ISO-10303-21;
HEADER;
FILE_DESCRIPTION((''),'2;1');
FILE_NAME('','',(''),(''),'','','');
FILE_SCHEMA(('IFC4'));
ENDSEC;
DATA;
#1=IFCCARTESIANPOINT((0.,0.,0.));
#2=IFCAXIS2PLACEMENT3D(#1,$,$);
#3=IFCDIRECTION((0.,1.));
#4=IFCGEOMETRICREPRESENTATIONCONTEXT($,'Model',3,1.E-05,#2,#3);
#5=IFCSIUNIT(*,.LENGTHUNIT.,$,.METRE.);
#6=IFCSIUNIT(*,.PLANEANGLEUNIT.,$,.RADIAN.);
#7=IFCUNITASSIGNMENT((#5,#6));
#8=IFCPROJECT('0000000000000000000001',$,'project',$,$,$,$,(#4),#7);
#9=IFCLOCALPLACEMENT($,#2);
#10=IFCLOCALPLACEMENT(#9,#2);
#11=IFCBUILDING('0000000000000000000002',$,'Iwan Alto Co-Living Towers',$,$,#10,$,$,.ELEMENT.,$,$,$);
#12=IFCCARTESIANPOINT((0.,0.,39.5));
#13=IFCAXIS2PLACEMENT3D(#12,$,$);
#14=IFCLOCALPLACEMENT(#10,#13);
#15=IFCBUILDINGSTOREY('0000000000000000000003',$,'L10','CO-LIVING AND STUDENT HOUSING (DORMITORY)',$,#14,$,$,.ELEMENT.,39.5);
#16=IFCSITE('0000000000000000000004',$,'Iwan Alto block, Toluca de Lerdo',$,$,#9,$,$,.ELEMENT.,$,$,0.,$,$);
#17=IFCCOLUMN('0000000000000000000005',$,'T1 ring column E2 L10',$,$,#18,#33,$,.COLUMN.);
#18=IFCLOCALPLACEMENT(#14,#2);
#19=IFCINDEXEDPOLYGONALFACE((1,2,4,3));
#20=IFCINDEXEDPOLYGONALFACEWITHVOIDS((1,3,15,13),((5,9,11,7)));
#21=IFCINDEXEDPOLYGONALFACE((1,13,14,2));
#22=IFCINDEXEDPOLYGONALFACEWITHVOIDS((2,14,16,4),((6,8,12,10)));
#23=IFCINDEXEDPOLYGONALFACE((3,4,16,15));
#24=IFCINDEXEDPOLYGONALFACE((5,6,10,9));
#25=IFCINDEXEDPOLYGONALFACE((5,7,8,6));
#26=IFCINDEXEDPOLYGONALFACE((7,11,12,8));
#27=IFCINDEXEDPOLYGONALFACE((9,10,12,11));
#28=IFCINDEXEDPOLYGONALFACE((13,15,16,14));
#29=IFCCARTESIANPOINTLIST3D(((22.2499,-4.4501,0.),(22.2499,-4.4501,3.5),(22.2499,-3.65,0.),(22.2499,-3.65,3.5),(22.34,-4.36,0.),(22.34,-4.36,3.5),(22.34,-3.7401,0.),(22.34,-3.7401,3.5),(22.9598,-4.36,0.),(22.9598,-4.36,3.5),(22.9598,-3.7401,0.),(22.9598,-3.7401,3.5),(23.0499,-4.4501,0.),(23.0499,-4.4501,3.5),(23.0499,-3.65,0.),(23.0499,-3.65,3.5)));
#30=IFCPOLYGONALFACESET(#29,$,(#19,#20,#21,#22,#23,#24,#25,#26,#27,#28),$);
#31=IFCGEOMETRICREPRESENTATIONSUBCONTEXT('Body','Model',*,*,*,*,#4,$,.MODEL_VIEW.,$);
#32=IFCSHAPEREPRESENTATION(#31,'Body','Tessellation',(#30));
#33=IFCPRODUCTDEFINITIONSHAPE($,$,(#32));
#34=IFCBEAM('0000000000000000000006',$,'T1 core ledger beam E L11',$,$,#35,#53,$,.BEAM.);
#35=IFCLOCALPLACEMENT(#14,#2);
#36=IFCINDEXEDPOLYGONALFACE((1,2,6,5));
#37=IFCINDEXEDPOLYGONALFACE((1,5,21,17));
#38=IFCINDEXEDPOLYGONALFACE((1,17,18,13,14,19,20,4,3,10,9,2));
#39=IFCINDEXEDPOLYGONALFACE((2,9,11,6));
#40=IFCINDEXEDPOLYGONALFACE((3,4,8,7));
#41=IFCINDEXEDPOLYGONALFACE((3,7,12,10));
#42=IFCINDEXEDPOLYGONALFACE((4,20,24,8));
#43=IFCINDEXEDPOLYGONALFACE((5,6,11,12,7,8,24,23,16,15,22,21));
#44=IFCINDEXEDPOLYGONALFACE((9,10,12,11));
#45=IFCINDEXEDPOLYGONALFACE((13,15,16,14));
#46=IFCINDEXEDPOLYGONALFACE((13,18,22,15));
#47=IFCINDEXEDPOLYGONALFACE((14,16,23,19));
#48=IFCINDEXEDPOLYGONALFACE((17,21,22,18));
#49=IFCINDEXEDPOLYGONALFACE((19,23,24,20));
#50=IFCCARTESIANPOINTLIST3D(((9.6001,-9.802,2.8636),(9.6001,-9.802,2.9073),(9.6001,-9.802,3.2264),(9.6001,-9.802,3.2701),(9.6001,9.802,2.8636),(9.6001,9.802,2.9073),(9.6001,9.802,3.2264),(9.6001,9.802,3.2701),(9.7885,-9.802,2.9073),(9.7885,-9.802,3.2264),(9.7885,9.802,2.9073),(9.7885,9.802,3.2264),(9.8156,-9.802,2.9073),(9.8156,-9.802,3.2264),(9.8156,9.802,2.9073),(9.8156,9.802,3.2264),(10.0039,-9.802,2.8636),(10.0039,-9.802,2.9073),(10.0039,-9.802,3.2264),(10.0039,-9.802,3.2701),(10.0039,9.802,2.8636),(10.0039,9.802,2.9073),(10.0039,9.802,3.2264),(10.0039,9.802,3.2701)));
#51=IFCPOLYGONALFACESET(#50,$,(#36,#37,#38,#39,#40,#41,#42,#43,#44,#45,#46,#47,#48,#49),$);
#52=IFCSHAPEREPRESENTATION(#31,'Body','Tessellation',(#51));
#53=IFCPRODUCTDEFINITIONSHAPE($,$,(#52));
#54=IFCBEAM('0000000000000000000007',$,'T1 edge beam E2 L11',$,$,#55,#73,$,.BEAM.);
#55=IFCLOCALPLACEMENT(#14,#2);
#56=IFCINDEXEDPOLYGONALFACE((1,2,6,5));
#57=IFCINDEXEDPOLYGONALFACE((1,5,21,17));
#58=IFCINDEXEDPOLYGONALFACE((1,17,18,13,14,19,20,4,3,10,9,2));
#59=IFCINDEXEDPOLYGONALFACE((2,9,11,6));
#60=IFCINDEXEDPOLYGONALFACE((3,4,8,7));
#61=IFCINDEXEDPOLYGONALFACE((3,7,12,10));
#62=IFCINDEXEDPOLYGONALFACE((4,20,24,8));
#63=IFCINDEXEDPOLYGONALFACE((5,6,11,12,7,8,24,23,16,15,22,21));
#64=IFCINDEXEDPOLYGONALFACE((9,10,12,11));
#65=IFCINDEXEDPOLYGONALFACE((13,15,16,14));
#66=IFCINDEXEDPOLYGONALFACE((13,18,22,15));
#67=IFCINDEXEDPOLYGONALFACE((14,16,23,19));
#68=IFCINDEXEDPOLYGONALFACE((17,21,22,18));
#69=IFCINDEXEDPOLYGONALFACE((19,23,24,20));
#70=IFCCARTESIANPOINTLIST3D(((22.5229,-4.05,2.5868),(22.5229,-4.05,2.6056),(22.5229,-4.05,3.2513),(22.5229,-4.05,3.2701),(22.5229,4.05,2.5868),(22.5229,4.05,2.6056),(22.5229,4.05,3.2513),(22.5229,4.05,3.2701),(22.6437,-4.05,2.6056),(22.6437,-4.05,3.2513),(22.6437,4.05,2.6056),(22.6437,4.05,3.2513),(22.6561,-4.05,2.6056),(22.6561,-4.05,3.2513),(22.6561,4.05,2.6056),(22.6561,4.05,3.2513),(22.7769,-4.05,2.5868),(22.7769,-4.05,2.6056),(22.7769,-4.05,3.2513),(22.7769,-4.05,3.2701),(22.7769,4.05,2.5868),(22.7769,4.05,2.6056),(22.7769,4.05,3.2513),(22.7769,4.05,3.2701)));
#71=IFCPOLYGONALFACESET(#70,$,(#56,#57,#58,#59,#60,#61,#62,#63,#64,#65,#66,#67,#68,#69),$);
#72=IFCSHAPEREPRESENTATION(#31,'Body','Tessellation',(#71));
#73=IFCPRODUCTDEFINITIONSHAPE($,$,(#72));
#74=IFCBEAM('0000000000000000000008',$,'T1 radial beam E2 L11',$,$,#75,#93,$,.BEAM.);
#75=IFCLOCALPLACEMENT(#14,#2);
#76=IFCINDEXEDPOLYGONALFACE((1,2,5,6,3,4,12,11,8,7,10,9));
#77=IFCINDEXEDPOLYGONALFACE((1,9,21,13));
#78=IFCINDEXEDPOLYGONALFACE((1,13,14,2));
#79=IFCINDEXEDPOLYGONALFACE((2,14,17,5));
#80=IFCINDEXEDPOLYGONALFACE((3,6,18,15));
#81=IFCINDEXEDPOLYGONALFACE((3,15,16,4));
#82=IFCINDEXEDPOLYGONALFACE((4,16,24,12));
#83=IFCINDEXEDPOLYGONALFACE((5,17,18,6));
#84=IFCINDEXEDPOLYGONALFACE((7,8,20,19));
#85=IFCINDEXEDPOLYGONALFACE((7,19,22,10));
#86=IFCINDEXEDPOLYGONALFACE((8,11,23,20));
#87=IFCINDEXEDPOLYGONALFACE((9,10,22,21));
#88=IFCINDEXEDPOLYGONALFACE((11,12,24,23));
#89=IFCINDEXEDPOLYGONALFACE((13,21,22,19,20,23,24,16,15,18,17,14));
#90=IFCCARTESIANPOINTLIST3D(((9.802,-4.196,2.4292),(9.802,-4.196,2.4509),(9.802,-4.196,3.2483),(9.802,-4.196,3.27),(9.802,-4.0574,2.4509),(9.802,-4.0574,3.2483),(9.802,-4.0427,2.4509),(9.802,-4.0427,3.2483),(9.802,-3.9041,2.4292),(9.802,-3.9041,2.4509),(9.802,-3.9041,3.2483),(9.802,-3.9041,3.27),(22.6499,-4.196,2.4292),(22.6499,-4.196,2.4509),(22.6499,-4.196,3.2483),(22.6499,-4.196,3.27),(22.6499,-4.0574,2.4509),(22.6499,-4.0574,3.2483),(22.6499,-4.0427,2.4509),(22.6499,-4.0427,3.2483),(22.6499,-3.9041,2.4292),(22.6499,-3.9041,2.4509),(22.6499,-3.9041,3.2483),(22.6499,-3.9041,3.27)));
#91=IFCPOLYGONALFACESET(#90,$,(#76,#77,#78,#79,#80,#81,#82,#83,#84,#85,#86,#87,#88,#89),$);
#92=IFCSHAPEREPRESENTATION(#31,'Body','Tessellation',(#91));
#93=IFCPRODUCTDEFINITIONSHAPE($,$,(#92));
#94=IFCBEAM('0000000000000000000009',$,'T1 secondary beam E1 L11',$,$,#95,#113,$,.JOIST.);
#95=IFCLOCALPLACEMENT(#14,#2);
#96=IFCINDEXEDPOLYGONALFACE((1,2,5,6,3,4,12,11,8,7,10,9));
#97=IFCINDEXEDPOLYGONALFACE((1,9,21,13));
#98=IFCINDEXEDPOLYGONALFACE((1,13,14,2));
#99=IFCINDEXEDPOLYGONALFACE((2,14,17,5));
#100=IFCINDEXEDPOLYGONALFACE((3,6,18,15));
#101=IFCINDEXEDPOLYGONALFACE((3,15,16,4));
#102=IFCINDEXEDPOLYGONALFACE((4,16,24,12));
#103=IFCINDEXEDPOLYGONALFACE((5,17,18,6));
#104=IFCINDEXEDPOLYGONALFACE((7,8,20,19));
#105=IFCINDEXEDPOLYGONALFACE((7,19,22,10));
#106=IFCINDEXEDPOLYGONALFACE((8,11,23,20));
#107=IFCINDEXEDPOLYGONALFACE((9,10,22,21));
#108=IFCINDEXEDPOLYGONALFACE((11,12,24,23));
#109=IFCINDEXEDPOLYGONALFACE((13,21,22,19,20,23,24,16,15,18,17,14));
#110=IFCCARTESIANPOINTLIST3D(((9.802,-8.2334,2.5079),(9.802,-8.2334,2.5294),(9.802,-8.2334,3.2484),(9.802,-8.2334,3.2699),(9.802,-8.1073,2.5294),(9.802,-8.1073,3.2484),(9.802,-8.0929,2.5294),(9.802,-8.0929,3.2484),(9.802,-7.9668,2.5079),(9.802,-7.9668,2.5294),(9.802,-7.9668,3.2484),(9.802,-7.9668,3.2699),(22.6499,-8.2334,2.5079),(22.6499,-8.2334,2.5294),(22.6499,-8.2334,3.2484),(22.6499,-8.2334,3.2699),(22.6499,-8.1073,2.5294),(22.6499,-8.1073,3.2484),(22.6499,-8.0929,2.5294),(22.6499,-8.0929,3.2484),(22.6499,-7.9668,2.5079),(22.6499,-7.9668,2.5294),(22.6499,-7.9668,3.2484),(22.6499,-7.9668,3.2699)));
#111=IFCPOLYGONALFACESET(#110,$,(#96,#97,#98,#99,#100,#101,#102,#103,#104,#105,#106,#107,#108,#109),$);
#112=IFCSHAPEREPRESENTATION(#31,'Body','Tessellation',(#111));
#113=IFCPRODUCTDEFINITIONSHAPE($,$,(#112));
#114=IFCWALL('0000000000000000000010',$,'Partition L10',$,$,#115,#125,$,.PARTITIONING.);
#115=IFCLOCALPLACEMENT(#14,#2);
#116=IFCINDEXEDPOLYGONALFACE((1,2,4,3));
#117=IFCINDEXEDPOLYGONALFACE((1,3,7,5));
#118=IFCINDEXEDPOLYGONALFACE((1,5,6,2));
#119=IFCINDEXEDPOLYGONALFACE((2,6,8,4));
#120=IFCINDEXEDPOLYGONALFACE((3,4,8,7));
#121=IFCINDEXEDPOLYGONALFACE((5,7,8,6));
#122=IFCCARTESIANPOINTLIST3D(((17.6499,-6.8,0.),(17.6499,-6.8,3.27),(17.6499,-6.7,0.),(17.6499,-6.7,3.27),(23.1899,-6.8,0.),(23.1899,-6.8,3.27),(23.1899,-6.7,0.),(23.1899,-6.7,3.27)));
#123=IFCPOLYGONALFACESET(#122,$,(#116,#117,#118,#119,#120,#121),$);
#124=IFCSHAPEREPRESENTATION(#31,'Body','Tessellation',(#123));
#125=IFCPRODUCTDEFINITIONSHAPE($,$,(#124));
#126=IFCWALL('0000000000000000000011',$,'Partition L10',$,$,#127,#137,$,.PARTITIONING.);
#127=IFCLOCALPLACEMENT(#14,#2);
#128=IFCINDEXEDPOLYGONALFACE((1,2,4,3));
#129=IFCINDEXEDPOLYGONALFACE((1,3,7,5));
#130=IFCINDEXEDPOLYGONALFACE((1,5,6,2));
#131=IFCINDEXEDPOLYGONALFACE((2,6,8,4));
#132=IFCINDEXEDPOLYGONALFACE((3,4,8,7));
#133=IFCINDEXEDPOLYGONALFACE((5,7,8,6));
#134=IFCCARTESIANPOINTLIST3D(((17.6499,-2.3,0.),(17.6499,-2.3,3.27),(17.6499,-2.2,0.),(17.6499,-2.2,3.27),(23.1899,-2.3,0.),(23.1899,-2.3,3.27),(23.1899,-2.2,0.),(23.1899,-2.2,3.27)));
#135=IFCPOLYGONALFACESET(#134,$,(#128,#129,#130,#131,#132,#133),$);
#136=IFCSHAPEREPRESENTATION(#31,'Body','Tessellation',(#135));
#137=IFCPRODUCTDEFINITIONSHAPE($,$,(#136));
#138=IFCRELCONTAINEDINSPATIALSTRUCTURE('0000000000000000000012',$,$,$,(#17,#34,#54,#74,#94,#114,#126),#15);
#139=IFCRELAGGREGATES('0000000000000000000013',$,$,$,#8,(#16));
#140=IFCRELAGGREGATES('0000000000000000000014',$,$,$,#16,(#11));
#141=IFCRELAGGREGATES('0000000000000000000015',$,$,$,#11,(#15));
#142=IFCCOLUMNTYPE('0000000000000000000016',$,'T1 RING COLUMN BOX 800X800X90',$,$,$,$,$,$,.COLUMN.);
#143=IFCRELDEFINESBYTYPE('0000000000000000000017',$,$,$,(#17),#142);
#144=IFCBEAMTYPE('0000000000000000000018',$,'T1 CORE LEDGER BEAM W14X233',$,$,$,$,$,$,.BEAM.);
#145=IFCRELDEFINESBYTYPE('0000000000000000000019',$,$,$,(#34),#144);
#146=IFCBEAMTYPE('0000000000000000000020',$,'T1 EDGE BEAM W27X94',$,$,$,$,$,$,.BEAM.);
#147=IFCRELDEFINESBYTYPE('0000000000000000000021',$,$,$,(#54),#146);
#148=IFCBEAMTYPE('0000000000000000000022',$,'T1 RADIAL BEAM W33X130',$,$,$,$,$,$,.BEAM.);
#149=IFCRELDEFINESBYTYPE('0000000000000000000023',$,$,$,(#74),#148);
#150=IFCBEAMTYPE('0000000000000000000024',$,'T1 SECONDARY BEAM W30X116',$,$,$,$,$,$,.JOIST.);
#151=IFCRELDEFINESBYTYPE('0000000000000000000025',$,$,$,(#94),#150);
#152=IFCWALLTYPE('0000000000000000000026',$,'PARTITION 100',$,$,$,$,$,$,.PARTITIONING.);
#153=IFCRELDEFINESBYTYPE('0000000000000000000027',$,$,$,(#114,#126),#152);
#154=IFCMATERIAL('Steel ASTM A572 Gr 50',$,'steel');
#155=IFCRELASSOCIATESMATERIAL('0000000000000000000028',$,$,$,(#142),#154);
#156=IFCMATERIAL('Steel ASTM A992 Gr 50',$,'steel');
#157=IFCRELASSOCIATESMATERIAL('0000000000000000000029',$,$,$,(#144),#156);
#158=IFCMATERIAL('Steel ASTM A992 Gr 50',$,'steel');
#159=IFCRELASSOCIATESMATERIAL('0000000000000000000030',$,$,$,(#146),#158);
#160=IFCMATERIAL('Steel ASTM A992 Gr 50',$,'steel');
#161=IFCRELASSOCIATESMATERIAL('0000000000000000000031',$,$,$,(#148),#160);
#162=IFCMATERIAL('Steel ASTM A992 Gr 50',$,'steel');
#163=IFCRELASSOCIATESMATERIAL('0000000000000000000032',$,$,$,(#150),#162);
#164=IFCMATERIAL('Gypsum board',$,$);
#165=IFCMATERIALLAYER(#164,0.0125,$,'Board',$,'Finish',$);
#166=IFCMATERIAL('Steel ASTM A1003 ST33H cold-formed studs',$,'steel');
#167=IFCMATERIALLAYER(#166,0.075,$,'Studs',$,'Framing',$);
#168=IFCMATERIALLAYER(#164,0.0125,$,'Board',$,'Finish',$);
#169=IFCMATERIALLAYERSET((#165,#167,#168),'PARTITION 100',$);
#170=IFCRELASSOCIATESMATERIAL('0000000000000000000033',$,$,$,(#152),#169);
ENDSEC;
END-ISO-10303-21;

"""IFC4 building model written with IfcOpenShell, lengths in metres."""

from ifc_helpers import new_model, si_unit, direction, frame, frame_2d, origin, origin_2d, place, context, subcontext, project, spatial, rectangle, hollow_rectangle, i_section, extrude, material, layer, layer_set, material_profile, profile_set, type_object, element, save


model = new_model("IFC4")

# Units and contexts
model_context = context("Model", 3, precision=1e-05, world=origin(), true_north=direction((0.0, 1.0)))
body_context = subcontext(model_context, "Body", "Model", "MODEL_VIEW")
ifc_project = project(units=[si_unit("LENGTHUNIT", "METRE"), si_unit("PLANEANGLEUNIT", "RADIAN")], contexts=[model_context])

# Site, building, storey
site_placement = place(None, origin())
site = spatial("IfcSite", under=ifc_project, at=site_placement, Name="Iwan Alto block, Toluca de Lerdo", CompositionType="ELEMENT", RefElevation=0.0)
building_placement = place(site_placement, origin())
building = spatial("IfcBuilding", under=site, at=building_placement, Name="Iwan Alto Co-Living Towers", CompositionType="ELEMENT")
storey_placement = place(building_placement, frame((0.0, 0.0, 39.5)))
storey = spatial("IfcBuildingStorey", under=building, at=storey_placement, Name="L10", Description="CO-LIVING AND STUDENT HOUSING (DORMITORY)", CompositionType="ELEMENT", Elevation=39.5)

# Column
ifc_material_1 = material(Name="Steel ASTM A572 Gr 50", Category="steel")
ifc_material_profile_1 = material_profile(ifc_material_1, hollow_rectangle(XDim=0.8, YDim=0.8, WallThickness=0.0901, at=origin_2d()), Name="BOX 800X800X90")
ifc_profile_set_1 = profile_set([ifc_material_profile_1], Name="Steel ASTM A572 Gr 50")
column_type = type_object("IfcColumnType", Name="T1 RING COLUMN BOX 800X800X90", PredefinedType="COLUMN", material=ifc_profile_set_1)
column_placement = place(storey_placement, frame((22.6499, -4.05, 0.0), z_axis=(0.0, 0.0, 1.0), x_axis=(1.0, 0.0, 0.0)))
element("IfcColumn", 1, at=column_placement, inside=storey, type_object=column_type, Name="T1 ring column E2 L10", PredefinedType="COLUMN", context=body_context, shape_type="SweptSolid", body=[
    extrude(hollow_rectangle(XDim=0.8, YDim=0.8, WallThickness=0.0901, at=origin_2d()), origin(), (0.0, 0.0, 1.0), 3.5),
])

# Beams
ifc_material_2 = material(Name="Steel ASTM A992 Gr 50", Category="steel")
ifc_material_profile_2 = material_profile(ifc_material_2, i_section(OverallWidth=0.4038, OverallDepth=0.4065, WebThickness=0.0271, FlangeThickness=0.0437, at=origin_2d()), Name="W14X233")
ifc_profile_set_2 = profile_set([ifc_material_profile_2], Name="Steel ASTM A992 Gr 50")
beam_type_1 = type_object("IfcBeamType", Name="T1 CORE LEDGER BEAM W14X233", PredefinedType="BEAM", material=ifc_profile_set_2)
beam_1_placement = place(storey_placement, frame((9.802, -9.802, 3.0669), z_axis=(0.0, 1.0, 0.0), x_axis=(-1.0, 0.0, 0.0)))
element("IfcBeam", 2, at=beam_1_placement, inside=storey, type_object=beam_type_1, Name="T1 core ledger beam E L11", PredefinedType="BEAM", context=body_context, shape_type="SweptSolid", body=[
    extrude(i_section(OverallWidth=0.4038, OverallDepth=0.4065, WebThickness=0.0271, FlangeThickness=0.0437, at=origin_2d()), origin(), (0.0, 0.0, 1.0), 19.604),
])
ifc_material_3 = material(Name="Steel ASTM A992 Gr 50", Category="steel")
ifc_material_profile_3 = material_profile(ifc_material_3, i_section(OverallWidth=0.2539, OverallDepth=0.6833, WebThickness=0.0125, FlangeThickness=0.0188, at=origin_2d()), Name="W27X94")
ifc_profile_set_3 = profile_set([ifc_material_profile_3], Name="Steel ASTM A992 Gr 50")
beam_type_2 = type_object("IfcBeamType", Name="T1 EDGE BEAM W27X94", PredefinedType="BEAM", material=ifc_profile_set_3)
beam_2_placement = place(storey_placement, frame((22.6499, -4.05, 2.9285), z_axis=(0.0, 1.0, 0.0), x_axis=(-1.0, 0.0, 0.0)))
element("IfcBeam", 3, at=beam_2_placement, inside=storey, type_object=beam_type_2, Name="T1 edge beam E2 L11", PredefinedType="BEAM", context=body_context, shape_type="SweptSolid", body=[
    extrude(i_section(OverallWidth=0.2539, OverallDepth=0.6833, WebThickness=0.0125, FlangeThickness=0.0188, at=origin_2d()), origin(), (0.0, 0.0, 1.0), 8.1001),
])
ifc_material_4 = material(Name="Steel ASTM A992 Gr 50", Category="steel")
ifc_material_profile_4 = material_profile(ifc_material_4, i_section(OverallWidth=0.292, OverallDepth=0.8408, WebThickness=0.0146, FlangeThickness=0.0217, at=origin_2d()), Name="W33X130")
ifc_profile_set_4 = profile_set([ifc_material_profile_4], Name="Steel ASTM A992 Gr 50")
beam_type_3 = type_object("IfcBeamType", Name="T1 RADIAL BEAM W33X130", PredefinedType="BEAM", material=ifc_profile_set_4)
beam_3_placement = place(storey_placement, frame((22.6499, -4.05, 2.8496), z_axis=(-1.0, 0.0, 0.0), x_axis=(0.0, -1.0, 0.0)))
element("IfcBeam", 4, at=beam_3_placement, inside=storey, type_object=beam_type_3, Name="T1 radial beam E2 L11", PredefinedType="BEAM", context=body_context, shape_type="SweptSolid", body=[
    extrude(i_section(OverallWidth=0.292, OverallDepth=0.8408, WebThickness=0.0146, FlangeThickness=0.0217, at=origin_2d()), origin(), (0.0, 0.0, 1.0), 12.8479),
])
ifc_material_5 = material(Name="Steel ASTM A992 Gr 50", Category="steel")
ifc_material_profile_5 = material_profile(ifc_material_5, i_section(OverallWidth=0.2666, OverallDepth=0.762, WebThickness=0.0144, FlangeThickness=0.0215, at=origin_2d()), Name="W30X116")
ifc_profile_set_5 = profile_set([ifc_material_profile_5], Name="Steel ASTM A992 Gr 50")
beam_type_4 = type_object("IfcBeamType", Name="T1 SECONDARY BEAM W30X116", PredefinedType="JOIST", material=ifc_profile_set_5)
beam_4_placement = place(storey_placement, frame((22.6499, -8.1001, 2.8889), z_axis=(-1.0, 0.0, 0.0), x_axis=(0.0, -1.0, 0.0)))
element("IfcBeam", 5, at=beam_4_placement, inside=storey, type_object=beam_type_4, Name="T1 secondary beam E1 L11", PredefinedType="JOIST", context=body_context, shape_type="SweptSolid", body=[
    extrude(i_section(OverallWidth=0.2666, OverallDepth=0.762, WebThickness=0.0144, FlangeThickness=0.0215, at=origin_2d()), origin(), (0.0, 0.0, 1.0), 12.8479),
])

# Walls
ifc_material_6 = material(Name="Gypsum board")
ifc_layer_1 = layer(ifc_material_6, 0.0125, Name="Board", Category="Finish")
ifc_material_7 = material(Name="Steel ASTM A1003 ST33H cold-formed studs", Category="steel")
ifc_layer_2 = layer(ifc_material_7, 0.075, Name="Studs", Category="Framing")
ifc_layer_3 = layer(ifc_material_6, 0.0125, Name="Board", Category="Finish")
ifc_layer_set_1 = layer_set([ifc_layer_1, ifc_layer_2, ifc_layer_3], Name="PARTITION 100")
wall_type_1 = type_object("IfcWallType", Name="PARTITION 100", PredefinedType="PARTITIONING", material=ifc_layer_set_1)
for number, where, z_axis, x_axis, name in (
    (6, (17.6499, -6.75, 0.0), (0.0, 0.0, 1.0), (1.0, 0.0, 0.0), "Partition L10"),
    (7, (17.6499, -2.25, 0.0), (0.0, 0.0, 1.0), (1.0, 0.0, 0.0), "Partition L10"),
):
    element("IfcWall", number, at=place(storey_placement, frame(where, z_axis=z_axis, x_axis=x_axis)), inside=storey, type_object=wall_type_1, Name=name, PredefinedType="PARTITIONING", context=body_context, shape_type="SweptSolid", body=[
        extrude(rectangle(XDim=5.54, YDim=0.1001, at=frame_2d((2.77, 0.0))), origin(), (0.0, 0.0, 1.0), 3.27),
    ])

save(model, "model.ifc")
